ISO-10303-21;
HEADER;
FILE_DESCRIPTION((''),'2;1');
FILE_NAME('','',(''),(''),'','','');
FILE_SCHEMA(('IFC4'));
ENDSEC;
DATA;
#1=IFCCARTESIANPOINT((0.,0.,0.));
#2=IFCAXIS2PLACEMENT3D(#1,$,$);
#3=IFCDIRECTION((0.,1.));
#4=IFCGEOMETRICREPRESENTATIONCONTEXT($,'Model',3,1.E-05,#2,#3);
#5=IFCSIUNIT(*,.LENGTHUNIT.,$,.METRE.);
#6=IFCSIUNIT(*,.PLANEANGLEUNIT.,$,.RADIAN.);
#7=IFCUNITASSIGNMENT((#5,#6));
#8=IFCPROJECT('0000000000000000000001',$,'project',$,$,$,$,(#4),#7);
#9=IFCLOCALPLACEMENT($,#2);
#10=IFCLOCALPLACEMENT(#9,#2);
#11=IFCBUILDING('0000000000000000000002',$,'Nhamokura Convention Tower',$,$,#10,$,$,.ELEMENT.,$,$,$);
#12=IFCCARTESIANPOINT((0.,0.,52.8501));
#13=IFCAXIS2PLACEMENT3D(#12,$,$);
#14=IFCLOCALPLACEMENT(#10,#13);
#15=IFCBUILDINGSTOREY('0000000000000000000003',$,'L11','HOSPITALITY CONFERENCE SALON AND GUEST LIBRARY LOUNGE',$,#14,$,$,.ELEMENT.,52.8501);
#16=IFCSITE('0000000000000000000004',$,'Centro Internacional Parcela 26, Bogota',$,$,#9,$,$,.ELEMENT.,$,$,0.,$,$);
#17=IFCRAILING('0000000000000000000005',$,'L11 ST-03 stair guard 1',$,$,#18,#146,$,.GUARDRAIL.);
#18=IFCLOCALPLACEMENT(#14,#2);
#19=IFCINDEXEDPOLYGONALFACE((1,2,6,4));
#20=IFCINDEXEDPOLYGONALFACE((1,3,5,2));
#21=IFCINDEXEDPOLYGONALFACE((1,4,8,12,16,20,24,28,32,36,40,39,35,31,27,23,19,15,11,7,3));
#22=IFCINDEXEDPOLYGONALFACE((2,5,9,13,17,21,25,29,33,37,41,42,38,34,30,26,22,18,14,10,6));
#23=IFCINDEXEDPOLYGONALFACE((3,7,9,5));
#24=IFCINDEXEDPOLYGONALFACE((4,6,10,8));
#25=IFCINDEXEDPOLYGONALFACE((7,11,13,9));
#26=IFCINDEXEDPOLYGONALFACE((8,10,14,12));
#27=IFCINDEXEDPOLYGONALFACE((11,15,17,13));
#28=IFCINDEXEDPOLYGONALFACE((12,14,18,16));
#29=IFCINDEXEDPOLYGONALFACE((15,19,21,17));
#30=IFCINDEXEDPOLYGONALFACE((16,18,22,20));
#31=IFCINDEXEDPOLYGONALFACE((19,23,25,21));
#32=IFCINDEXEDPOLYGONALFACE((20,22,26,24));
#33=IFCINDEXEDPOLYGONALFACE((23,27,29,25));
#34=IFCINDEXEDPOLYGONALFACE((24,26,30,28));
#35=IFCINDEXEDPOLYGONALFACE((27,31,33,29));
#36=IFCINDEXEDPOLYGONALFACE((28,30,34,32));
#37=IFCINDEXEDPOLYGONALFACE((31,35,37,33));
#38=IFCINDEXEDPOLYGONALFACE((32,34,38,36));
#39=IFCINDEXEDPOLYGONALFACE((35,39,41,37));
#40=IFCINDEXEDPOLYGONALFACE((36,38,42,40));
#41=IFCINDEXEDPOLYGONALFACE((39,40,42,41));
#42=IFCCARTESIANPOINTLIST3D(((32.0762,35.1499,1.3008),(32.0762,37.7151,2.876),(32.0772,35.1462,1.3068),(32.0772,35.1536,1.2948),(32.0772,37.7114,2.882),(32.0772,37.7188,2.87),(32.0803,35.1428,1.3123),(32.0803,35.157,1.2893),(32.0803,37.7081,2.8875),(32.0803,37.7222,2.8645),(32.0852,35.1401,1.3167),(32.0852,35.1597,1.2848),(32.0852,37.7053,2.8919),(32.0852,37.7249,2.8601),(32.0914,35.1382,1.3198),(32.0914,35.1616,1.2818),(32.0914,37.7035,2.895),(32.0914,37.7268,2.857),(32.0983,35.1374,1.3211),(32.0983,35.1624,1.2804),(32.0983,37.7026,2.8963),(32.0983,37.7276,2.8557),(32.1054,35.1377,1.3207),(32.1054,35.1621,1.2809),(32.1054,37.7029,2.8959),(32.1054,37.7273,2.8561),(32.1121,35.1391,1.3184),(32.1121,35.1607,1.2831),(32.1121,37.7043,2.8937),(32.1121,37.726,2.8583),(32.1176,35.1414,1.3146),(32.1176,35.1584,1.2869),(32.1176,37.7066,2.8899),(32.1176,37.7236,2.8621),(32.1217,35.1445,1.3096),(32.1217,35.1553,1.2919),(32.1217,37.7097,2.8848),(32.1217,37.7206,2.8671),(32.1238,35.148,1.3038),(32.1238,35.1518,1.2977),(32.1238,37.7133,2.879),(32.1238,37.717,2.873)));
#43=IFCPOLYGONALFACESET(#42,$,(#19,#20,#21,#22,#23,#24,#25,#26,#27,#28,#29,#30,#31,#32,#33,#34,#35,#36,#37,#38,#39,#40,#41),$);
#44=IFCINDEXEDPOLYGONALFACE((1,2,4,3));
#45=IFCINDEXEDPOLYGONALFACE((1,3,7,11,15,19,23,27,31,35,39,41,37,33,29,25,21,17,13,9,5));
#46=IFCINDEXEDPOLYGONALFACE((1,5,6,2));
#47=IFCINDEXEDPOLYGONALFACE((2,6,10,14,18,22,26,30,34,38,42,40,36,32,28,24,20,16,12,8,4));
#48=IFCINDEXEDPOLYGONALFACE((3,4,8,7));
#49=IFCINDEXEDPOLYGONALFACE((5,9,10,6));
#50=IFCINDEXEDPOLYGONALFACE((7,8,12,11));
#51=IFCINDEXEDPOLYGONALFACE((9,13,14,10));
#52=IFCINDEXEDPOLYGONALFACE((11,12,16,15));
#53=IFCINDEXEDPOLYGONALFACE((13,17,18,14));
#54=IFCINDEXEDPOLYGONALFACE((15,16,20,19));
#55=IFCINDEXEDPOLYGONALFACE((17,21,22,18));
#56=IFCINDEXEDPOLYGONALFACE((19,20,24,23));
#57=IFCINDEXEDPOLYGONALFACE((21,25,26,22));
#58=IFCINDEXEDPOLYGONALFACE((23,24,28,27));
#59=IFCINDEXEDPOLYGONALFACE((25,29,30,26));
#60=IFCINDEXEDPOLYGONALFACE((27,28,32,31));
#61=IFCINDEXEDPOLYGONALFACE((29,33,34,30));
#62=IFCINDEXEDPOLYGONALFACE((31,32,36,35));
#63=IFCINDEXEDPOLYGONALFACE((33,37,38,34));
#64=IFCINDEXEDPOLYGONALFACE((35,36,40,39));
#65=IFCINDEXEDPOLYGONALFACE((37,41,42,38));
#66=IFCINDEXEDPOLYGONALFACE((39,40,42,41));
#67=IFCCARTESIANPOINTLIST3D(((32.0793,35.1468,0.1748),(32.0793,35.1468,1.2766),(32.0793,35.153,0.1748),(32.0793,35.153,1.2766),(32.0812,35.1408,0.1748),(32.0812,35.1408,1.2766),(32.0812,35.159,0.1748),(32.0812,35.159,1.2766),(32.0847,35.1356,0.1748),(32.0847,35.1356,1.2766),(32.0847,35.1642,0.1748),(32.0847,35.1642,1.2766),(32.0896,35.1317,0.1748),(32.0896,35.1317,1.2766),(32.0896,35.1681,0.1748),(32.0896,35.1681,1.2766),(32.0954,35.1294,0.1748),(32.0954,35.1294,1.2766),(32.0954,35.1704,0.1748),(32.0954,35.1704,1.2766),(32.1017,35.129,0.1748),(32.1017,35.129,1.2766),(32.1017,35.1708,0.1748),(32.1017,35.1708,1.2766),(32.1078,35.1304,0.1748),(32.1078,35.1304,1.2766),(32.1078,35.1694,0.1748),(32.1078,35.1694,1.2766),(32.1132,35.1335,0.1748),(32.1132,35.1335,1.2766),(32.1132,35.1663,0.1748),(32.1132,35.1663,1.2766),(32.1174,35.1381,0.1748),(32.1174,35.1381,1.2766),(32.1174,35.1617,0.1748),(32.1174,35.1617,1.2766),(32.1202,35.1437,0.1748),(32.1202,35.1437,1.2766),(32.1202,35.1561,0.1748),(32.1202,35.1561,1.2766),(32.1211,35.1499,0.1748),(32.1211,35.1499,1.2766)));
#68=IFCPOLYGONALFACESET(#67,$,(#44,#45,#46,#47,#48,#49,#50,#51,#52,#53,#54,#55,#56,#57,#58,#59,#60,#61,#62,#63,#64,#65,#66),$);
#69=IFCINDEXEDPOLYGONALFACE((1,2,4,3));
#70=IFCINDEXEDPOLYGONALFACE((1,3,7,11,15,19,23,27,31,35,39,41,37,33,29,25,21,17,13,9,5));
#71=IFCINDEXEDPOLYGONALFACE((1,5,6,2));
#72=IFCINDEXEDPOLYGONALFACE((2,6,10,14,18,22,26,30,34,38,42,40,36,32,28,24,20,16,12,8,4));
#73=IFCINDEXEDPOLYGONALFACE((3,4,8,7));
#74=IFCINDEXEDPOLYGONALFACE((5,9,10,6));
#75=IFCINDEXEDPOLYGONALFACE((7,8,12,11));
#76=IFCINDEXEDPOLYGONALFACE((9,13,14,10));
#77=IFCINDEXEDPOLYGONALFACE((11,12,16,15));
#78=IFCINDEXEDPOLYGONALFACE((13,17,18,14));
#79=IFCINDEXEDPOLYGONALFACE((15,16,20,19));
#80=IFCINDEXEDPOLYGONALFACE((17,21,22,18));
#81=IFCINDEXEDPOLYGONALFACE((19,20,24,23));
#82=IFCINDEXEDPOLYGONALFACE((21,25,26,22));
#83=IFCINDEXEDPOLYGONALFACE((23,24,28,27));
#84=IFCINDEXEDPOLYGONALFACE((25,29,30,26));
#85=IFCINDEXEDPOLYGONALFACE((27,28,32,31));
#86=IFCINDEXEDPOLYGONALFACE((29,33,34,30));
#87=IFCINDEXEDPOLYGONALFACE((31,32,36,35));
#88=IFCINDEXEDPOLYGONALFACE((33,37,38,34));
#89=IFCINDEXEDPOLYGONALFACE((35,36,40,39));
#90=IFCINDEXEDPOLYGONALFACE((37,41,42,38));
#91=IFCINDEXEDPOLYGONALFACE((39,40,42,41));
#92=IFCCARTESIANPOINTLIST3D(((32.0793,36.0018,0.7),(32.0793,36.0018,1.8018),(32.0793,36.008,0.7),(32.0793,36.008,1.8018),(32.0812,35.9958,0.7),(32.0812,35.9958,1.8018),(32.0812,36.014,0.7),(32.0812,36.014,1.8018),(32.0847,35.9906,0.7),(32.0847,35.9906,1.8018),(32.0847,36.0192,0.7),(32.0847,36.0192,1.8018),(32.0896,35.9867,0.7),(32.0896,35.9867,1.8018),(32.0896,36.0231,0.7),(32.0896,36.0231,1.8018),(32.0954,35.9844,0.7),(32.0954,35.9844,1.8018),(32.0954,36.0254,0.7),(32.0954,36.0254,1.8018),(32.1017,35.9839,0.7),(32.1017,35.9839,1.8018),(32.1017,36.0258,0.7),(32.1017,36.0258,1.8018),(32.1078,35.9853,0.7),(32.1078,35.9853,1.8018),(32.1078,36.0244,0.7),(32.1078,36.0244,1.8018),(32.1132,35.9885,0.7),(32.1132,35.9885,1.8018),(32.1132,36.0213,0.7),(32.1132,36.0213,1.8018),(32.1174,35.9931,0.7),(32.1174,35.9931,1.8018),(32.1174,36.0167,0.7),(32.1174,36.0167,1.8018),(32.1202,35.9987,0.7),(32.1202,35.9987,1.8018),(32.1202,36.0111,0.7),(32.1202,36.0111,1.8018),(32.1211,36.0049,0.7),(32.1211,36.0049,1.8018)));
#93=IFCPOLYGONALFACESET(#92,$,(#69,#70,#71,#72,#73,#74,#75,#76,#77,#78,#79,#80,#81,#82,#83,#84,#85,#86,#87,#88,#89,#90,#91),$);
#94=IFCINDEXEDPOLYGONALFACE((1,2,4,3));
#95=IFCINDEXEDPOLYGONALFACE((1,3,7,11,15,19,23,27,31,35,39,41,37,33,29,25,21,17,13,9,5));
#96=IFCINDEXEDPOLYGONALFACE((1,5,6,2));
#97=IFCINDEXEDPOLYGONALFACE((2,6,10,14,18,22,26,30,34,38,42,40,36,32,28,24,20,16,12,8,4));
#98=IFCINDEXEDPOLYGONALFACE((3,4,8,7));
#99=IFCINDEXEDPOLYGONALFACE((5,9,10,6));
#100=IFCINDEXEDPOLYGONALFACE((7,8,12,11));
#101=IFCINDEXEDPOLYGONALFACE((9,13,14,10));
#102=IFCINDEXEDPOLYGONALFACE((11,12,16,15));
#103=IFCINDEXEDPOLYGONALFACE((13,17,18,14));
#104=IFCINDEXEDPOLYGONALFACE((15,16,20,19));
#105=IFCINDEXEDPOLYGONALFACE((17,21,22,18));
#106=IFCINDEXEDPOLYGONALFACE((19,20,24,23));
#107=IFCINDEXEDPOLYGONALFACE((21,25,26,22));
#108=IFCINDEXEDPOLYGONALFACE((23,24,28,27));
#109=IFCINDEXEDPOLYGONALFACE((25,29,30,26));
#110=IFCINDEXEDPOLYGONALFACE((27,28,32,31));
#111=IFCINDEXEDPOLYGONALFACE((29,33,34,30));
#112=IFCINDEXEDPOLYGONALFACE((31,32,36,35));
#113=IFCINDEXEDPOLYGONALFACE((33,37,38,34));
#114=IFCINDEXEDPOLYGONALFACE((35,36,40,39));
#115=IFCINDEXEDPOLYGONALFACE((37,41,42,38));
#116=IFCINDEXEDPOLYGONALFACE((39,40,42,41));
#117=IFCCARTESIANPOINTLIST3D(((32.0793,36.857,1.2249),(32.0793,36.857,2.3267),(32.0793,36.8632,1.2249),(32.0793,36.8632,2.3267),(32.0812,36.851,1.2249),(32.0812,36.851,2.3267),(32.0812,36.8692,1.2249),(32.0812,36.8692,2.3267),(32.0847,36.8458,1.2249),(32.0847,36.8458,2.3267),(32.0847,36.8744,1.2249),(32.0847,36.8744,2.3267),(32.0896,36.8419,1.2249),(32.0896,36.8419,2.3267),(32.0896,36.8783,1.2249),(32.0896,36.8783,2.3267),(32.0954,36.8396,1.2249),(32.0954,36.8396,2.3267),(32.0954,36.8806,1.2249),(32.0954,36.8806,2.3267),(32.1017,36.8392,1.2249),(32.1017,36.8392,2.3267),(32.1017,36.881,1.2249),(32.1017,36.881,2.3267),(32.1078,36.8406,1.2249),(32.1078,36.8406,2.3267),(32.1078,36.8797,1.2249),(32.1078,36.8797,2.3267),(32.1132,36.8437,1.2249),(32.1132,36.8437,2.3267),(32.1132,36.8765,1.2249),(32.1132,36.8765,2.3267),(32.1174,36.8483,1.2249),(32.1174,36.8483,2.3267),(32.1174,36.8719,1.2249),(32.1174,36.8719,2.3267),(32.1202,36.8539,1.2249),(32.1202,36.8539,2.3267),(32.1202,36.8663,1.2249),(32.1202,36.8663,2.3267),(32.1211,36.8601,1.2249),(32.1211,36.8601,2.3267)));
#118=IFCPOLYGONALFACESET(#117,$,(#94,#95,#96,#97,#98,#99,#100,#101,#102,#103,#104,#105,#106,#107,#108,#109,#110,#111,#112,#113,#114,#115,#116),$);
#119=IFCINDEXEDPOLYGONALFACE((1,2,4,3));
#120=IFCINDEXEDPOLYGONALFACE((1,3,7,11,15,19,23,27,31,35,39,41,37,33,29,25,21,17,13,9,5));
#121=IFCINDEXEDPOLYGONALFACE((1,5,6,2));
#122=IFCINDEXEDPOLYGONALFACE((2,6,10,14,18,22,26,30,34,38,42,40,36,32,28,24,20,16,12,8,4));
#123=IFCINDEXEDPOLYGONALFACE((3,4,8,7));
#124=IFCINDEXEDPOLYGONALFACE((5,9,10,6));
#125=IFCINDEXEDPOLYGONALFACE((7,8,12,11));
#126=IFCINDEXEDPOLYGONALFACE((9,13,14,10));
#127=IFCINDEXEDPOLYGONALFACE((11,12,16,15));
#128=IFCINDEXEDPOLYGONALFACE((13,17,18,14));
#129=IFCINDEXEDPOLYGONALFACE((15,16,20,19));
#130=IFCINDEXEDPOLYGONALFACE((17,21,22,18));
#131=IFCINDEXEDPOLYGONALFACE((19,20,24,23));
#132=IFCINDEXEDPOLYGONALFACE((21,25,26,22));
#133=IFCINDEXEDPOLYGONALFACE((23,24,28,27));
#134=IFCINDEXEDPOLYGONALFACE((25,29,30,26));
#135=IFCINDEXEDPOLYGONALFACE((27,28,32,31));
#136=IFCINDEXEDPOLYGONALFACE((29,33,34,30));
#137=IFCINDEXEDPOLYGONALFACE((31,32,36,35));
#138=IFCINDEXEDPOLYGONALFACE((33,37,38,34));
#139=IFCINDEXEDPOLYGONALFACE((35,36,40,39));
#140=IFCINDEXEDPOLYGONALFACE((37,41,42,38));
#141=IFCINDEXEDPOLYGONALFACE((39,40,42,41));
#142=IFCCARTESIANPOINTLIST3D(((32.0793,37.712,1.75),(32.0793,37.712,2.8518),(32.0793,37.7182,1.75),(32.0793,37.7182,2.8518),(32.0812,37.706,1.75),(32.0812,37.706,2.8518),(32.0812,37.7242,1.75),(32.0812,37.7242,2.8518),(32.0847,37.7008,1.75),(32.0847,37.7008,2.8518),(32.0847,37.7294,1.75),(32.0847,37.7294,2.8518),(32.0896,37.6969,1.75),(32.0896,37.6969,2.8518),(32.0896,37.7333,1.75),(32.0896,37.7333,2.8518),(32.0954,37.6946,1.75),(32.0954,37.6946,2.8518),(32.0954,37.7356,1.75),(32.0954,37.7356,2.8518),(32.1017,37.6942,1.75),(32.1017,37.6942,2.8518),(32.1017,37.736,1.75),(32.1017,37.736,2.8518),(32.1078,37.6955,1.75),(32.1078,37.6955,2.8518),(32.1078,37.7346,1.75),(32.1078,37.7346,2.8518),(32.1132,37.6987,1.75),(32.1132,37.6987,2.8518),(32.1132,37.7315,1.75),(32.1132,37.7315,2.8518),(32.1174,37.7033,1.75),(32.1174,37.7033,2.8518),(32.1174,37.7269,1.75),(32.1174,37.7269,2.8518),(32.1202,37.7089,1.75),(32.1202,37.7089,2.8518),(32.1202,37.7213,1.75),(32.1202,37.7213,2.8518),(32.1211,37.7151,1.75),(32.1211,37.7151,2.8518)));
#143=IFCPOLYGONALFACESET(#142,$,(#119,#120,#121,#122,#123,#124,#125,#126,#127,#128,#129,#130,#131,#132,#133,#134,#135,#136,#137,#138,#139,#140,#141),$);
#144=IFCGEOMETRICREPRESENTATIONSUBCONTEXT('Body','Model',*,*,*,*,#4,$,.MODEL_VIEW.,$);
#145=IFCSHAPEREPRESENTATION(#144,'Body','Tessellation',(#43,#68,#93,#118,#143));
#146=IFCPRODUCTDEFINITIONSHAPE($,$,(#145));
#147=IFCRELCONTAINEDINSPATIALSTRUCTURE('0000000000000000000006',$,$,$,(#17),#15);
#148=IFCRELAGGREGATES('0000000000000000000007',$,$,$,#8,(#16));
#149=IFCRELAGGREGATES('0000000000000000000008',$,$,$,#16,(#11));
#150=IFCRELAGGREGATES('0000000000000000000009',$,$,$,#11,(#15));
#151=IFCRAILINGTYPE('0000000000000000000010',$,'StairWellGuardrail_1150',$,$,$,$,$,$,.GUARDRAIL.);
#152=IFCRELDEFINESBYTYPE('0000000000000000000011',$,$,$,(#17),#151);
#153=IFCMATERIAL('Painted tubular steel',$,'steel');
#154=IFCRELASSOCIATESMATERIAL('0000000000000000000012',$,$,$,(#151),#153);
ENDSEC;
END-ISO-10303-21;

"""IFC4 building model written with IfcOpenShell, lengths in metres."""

from ifc_helpers import new_model, si_unit, direction, frame, origin, origin_2d, place, context, subcontext, project, spatial, circle, extrude, material, type_object, element, save


model = new_model("IFC4")

# Units and contexts
model_context = context("Model", 3, precision=1e-05, world=origin(), true_north=direction((0.0, 1.0)))
body_context = subcontext(model_context, "Body", "Model", "MODEL_VIEW")
ifc_project = project(units=[si_unit("LENGTHUNIT", "METRE"), si_unit("PLANEANGLEUNIT", "RADIAN")], contexts=[model_context])

# Site, building, storey
site_placement = place(None, origin())
site = spatial("IfcSite", under=ifc_project, at=site_placement, Name="Centro Internacional Parcela 26, Bogota", CompositionType="ELEMENT", RefElevation=0.0)
building_placement = place(site_placement, origin())
building = spatial("IfcBuilding", under=site, at=building_placement, Name="Nhamokura Convention Tower", CompositionType="ELEMENT")
storey_placement = place(building_placement, frame((0.0, 0.0, 52.8501)))
storey = spatial("IfcBuildingStorey", under=building, at=storey_placement, Name="L11", Description="HOSPITALITY CONFERENCE SALON AND GUEST LIBRARY LOUNGE", CompositionType="ELEMENT", Elevation=52.8501)

# Railing
ifc_material_1 = material(Name="Painted tubular steel", Category="steel")
railing_type_1 = type_object("IfcRailingType", Name="StairWellGuardrail_1150", PredefinedType="GUARDRAIL", material=ifc_material_1)
railing_1_placement = place(storey_placement, frame((32.1001, 35.1499, 0.1748)))
element("IfcRailing", 1, at=railing_1_placement, inside=storey, type_object=railing_type_1, Name="L11 ST-03 stair guard 1", PredefinedType="GUARDRAIL", context=body_context, shape_type="SweptSolid", body=[
    extrude(circle(Radius=0.0239, at=origin_2d()), frame((0.0, 0.0, 1.126), z_axis=(0.0, 0.852159, 0.523283), x_axis=(-1.0, 0.0, 0.0)), (0.0, 0.0, 1.0), 3.0103),
    extrude(circle(Radius=0.021, at=origin_2d()), origin(), (0.0, 0.0, 1.0), 1.1018),
    extrude(circle(Radius=0.021, at=origin_2d()), frame((0.0, 0.855, 0.5251)), (0.0, 0.0, 1.0), 1.1018),
    extrude(circle(Radius=0.021, at=origin_2d()), frame((0.0, 1.7102, 1.05)), (0.0, 0.0, 1.0), 1.1018),
    extrude(circle(Radius=0.021, at=origin_2d()), frame((0.0, 2.5652, 1.5752)), (0.0, 0.0, 1.0), 1.1018),
])

save(model, "model.ifc")
